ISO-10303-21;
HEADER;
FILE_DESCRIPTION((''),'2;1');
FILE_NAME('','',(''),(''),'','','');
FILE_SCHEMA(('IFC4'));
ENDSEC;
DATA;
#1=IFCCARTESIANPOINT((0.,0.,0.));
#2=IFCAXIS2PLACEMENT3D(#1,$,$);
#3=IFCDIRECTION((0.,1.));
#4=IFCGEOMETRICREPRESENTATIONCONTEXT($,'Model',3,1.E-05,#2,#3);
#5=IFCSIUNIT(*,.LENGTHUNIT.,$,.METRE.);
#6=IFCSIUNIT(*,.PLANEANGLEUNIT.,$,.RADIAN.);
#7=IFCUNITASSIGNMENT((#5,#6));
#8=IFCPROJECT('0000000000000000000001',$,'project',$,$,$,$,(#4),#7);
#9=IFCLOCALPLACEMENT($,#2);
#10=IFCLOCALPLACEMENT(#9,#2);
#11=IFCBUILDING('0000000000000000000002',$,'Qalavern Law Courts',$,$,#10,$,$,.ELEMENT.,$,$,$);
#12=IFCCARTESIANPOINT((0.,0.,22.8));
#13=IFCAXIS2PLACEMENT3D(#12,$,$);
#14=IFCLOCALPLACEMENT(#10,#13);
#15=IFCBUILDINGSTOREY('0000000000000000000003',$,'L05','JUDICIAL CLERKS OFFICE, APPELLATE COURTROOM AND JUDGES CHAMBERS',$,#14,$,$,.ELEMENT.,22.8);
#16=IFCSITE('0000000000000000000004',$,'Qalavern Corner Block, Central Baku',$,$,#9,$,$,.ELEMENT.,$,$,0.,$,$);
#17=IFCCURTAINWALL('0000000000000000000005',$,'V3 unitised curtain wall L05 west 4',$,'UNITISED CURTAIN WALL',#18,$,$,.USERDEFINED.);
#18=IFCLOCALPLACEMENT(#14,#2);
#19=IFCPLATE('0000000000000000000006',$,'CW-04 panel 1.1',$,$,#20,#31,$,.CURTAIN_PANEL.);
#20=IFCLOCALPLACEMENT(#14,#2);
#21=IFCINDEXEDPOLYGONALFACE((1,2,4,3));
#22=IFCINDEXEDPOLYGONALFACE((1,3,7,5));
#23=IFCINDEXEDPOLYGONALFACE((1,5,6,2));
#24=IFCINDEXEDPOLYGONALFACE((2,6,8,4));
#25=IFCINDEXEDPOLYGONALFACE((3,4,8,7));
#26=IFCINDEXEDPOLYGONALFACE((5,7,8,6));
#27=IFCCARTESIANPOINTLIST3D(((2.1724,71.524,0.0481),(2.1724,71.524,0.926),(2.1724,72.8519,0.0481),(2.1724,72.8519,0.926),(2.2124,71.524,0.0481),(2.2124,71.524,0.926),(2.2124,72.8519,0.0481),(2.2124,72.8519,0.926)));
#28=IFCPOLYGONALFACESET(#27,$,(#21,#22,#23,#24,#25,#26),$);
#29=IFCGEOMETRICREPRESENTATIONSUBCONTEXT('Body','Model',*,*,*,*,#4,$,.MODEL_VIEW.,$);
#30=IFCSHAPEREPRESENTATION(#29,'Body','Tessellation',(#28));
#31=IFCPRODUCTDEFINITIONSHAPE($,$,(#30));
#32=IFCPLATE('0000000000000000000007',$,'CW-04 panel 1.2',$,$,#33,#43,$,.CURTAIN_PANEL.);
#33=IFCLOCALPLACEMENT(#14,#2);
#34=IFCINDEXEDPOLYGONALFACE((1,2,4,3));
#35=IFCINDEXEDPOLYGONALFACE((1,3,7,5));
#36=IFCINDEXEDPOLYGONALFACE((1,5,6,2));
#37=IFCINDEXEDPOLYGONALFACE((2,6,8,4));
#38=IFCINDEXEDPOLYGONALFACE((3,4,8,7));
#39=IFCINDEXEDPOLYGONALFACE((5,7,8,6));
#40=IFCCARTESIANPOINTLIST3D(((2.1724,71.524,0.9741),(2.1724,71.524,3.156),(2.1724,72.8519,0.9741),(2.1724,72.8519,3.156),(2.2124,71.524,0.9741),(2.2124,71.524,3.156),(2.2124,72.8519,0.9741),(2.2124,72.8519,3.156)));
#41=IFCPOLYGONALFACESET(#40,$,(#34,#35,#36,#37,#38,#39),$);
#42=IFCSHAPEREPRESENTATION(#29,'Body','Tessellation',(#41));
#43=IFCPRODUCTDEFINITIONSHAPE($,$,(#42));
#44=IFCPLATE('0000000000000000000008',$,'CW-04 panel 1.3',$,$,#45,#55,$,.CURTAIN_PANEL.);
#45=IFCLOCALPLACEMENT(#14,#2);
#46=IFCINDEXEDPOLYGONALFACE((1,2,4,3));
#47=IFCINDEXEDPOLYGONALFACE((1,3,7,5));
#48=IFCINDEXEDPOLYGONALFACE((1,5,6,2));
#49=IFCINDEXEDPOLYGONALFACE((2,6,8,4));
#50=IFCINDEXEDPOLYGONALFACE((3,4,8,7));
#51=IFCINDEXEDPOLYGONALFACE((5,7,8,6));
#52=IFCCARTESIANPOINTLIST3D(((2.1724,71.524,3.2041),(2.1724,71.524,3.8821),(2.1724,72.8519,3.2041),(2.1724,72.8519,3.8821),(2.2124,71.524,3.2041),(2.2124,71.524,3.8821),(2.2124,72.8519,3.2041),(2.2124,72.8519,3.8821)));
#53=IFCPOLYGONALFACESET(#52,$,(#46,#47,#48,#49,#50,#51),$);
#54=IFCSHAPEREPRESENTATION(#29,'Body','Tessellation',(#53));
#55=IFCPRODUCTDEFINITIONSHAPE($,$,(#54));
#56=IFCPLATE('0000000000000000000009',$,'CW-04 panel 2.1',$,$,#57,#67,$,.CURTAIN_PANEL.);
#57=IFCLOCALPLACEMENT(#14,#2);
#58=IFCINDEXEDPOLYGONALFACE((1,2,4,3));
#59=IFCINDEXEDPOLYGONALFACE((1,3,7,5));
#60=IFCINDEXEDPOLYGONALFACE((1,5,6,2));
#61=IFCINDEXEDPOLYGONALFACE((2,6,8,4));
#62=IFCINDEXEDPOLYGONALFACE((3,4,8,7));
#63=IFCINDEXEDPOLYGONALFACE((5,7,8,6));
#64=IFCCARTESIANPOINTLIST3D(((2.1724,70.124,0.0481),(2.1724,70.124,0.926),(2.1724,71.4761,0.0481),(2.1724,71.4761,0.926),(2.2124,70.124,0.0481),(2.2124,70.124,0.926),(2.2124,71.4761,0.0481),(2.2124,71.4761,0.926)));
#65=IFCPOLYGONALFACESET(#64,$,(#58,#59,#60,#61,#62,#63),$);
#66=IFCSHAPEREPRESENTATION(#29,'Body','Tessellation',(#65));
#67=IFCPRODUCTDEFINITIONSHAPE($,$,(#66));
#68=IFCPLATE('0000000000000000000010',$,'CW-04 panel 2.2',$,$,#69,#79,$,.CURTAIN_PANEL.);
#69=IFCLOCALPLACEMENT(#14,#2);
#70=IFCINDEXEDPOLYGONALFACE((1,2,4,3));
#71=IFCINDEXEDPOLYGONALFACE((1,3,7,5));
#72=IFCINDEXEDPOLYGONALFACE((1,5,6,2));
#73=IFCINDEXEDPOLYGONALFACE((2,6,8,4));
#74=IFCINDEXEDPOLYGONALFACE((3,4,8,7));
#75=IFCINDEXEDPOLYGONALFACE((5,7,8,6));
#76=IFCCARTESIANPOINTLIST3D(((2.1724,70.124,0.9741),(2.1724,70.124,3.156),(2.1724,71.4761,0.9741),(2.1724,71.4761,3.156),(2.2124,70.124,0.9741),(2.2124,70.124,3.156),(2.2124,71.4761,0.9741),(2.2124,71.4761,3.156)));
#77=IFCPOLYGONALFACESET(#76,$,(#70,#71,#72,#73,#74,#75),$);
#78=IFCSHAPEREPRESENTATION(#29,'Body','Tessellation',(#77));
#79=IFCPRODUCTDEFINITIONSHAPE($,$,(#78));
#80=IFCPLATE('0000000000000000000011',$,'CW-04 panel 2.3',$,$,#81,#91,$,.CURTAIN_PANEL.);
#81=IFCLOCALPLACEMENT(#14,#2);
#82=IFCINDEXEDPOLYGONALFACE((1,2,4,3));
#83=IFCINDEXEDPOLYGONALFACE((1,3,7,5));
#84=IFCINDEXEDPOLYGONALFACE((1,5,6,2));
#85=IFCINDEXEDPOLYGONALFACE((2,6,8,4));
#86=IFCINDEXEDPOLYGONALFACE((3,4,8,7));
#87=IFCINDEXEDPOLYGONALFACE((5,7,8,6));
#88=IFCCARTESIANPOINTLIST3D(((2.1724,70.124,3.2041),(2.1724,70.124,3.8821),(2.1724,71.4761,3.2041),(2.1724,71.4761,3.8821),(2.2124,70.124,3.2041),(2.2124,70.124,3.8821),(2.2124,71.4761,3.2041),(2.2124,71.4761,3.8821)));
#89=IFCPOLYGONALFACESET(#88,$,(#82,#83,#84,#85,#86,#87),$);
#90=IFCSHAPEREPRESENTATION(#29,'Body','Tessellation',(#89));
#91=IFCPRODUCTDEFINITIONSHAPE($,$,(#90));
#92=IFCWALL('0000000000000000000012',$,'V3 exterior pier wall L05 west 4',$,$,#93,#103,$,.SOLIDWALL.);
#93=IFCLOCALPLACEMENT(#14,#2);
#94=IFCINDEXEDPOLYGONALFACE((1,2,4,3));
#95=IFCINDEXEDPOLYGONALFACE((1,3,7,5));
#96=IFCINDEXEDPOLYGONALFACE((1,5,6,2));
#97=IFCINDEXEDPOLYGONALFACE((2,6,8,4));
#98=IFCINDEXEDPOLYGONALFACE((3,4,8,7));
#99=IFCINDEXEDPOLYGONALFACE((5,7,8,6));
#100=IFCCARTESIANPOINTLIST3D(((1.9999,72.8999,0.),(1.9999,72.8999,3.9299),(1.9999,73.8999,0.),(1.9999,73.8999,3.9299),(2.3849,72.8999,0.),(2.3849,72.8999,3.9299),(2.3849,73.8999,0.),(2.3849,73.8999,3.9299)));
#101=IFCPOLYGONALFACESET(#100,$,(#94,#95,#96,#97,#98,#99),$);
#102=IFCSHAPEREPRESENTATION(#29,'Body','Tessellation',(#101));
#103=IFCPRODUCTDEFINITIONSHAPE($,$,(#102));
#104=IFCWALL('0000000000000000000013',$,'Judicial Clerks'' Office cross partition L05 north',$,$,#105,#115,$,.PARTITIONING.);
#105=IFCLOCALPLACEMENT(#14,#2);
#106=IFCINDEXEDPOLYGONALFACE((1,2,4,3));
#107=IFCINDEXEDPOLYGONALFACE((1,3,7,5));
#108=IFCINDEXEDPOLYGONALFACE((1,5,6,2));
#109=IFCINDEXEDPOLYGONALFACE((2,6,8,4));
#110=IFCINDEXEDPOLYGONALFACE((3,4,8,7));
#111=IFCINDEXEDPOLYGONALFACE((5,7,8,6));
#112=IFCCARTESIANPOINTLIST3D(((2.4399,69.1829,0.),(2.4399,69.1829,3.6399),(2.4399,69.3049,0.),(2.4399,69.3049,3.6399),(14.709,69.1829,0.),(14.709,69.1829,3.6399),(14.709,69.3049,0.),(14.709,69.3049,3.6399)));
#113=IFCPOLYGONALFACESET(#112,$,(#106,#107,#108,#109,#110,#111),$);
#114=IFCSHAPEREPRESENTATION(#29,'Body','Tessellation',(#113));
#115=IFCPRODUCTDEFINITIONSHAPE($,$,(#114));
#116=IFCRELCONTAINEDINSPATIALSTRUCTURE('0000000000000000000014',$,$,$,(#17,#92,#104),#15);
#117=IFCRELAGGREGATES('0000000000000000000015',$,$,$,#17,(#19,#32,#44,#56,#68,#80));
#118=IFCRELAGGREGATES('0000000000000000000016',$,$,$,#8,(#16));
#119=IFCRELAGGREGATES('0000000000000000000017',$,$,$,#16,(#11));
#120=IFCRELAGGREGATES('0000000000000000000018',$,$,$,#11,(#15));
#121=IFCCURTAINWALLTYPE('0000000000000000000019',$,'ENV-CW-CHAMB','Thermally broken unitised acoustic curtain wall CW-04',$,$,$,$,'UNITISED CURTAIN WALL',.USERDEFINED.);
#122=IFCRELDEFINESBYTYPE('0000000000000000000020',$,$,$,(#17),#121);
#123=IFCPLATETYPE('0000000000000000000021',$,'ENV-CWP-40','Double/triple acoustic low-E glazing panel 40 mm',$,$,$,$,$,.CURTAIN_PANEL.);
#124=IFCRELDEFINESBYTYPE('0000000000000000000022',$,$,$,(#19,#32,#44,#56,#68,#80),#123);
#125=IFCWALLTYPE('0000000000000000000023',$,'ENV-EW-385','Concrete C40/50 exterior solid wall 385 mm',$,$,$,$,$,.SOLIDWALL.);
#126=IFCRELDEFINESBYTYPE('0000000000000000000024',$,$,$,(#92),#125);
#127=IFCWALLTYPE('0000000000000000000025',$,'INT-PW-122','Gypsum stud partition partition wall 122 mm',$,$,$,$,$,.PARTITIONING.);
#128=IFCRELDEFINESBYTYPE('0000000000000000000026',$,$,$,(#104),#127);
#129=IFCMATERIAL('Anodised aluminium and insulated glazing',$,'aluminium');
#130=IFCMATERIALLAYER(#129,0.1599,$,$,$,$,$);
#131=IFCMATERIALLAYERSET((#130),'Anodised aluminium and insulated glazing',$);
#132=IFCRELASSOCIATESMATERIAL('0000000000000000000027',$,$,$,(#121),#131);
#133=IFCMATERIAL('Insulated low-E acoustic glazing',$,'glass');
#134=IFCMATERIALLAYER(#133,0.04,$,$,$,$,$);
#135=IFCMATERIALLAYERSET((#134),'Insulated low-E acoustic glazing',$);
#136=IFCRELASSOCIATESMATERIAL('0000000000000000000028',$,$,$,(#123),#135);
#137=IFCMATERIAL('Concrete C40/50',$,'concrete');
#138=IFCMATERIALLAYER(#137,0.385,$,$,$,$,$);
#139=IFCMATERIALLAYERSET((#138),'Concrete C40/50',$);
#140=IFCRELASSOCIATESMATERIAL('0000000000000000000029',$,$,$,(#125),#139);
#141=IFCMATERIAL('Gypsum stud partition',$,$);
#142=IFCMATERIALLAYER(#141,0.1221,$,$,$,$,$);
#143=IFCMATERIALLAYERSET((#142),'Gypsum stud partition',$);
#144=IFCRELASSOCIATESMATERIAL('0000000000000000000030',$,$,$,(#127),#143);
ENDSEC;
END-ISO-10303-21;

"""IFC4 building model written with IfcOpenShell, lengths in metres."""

from ifc_helpers import new_model, si_unit, direction, frame, frame_2d, origin, origin_2d, place, context, subcontext, project, spatial, rectangle, extrude, material, layer, layer_set, type_object, element, aggregate, save


model = new_model("IFC4")

# Units and contexts
model_context = context("Model", 3, precision=1e-05, world=origin(), true_north=direction((0.0, 1.0)))
body_context = subcontext(model_context, "Body", "Model", "MODEL_VIEW")
ifc_project = project(units=[si_unit("LENGTHUNIT", "METRE"), si_unit("PLANEANGLEUNIT", "RADIAN")], contexts=[model_context])

# Site, building, storey
site_placement = place(None, origin())
site = spatial("IfcSite", under=ifc_project, at=site_placement, Name="Qalavern Corner Block, Central Baku", CompositionType="ELEMENT", RefElevation=0.0)
building_placement = place(site_placement, origin())
building = spatial("IfcBuilding", under=site, at=building_placement, Name="Qalavern Law Courts", CompositionType="ELEMENT")
storey_placement = place(building_placement, frame((0.0, 0.0, 22.8)))
storey = spatial("IfcBuildingStorey", under=building, at=storey_placement, Name="L05", Description="JUDICIAL CLERKS OFFICE, APPELLATE COURTROOM AND JUDGES CHAMBERS", CompositionType="ELEMENT", Elevation=22.8)

# Curtain wall
ifc_material_1 = material(Name="Anodised aluminium and insulated glazing", Category="aluminium")
ifc_layer_1 = layer(ifc_material_1, 0.1599)
ifc_layer_set_1 = layer_set([ifc_layer_1], Name="Anodised aluminium and insulated glazing")
curtain_wall_type = type_object("IfcCurtainWallType", Name="ENV-CW-CHAMB", Description="Thermally broken unitised acoustic curtain wall CW-04", ElementType="UNITISED CURTAIN WALL", PredefinedType="USERDEFINED", material=ifc_layer_set_1)
curtain_wall_1_placement = place(storey_placement, origin())
curtain_wall_1 = element("IfcCurtainWall", 1, at=curtain_wall_1_placement, inside=storey, type_object=curtain_wall_type, Name="V3 unitised curtain wall L05 west 4", ObjectType="UNITISED CURTAIN WALL", PredefinedType="USERDEFINED")

# Shared definitions
ifc_material_2 = material(Name="Concrete C40/50", Category="concrete")

# Plates
ifc_material_3 = material(Name="Insulated low-E acoustic glazing", Category="glass")
ifc_layer_2 = layer(ifc_material_3, 0.04)
ifc_layer_set_2 = layer_set([ifc_layer_2], Name="Insulated low-E acoustic glazing")
plate_type_1 = type_object("IfcPlateType", Name="ENV-CWP-40", Description="Double/triple acoustic low-E glazing panel 40 mm", PredefinedType="CURTAIN_PANEL", material=ifc_layer_set_2)
plate_1_placement = place(storey_placement, frame((2.1924, 72.188, 0.0481), z_axis=(0.0, 0.0, 1.0), x_axis=(0.0, -1.0, 0.0)))
plate_1 = element("IfcPlate", 2, at=plate_1_placement, type_object=plate_type_1, Name="CW-04 panel 1.1", PredefinedType="CURTAIN_PANEL", context=body_context, shape_type="SweptSolid", body=[
    extrude(rectangle(XDim=1.3279, YDim=0.04, at=origin_2d()), origin(), (0.0, 0.0, 1.0), 0.8779),
])
plate_2_placement = place(storey_placement, frame((2.1924, 72.188, 0.9741), z_axis=(0.0, 0.0, 1.0), x_axis=(0.0, -1.0, 0.0)))
plate_2 = element("IfcPlate", 3, at=plate_2_placement, type_object=plate_type_1, Name="CW-04 panel 1.2", PredefinedType="CURTAIN_PANEL", context=body_context, shape_type="SweptSolid", body=[
    extrude(rectangle(XDim=1.3279, YDim=0.04, at=origin_2d()), origin(), (0.0, 0.0, 1.0), 2.1819),
])
plate_3_placement = place(storey_placement, frame((2.1924, 72.188, 3.2041), z_axis=(0.0, 0.0, 1.0), x_axis=(0.0, -1.0, 0.0)))
plate_3 = element("IfcPlate", 4, at=plate_3_placement, type_object=plate_type_1, Name="CW-04 panel 1.3", PredefinedType="CURTAIN_PANEL", context=body_context, shape_type="SweptSolid", body=[
    extrude(rectangle(XDim=1.3279, YDim=0.04, at=origin_2d()), origin(), (0.0, 0.0, 1.0), 0.678),
])
plate_4_placement = place(storey_placement, frame((2.1924, 70.8, 0.0481), z_axis=(0.0, 0.0, 1.0), x_axis=(0.0, -1.0, 0.0)))
plate_4 = element("IfcPlate", 5, at=plate_4_placement, type_object=plate_type_1, Name="CW-04 panel 2.1", PredefinedType="CURTAIN_PANEL", context=body_context, shape_type="SweptSolid", body=[
    extrude(rectangle(XDim=1.3521, YDim=0.04, at=origin_2d()), origin(), (0.0, 0.0, 1.0), 0.8779),
])
plate_5_placement = place(storey_placement, frame((2.1924, 70.8, 0.9741), z_axis=(0.0, 0.0, 1.0), x_axis=(0.0, -1.0, 0.0)))
plate_5 = element("IfcPlate", 6, at=plate_5_placement, type_object=plate_type_1, Name="CW-04 panel 2.2", PredefinedType="CURTAIN_PANEL", context=body_context, shape_type="SweptSolid", body=[
    extrude(rectangle(XDim=1.3521, YDim=0.04, at=origin_2d()), origin(), (0.0, 0.0, 1.0), 2.1819),
])
plate_6_placement = place(storey_placement, frame((2.1924, 70.8, 3.2041), z_axis=(0.0, 0.0, 1.0), x_axis=(0.0, -1.0, 0.0)))
plate_6 = element("IfcPlate", 7, at=plate_6_placement, type_object=plate_type_1, Name="CW-04 panel 2.3", PredefinedType="CURTAIN_PANEL", context=body_context, shape_type="SweptSolid", body=[
    extrude(rectangle(XDim=1.3521, YDim=0.04, at=origin_2d()), origin(), (0.0, 0.0, 1.0), 0.678),
])
aggregate(curtain_wall_1, [plate_1, plate_2, plate_3, plate_4, plate_5, plate_6])

# Walls
ifc_layer_3 = layer(ifc_material_2, 0.385)
ifc_layer_set_3 = layer_set([ifc_layer_3], Name="Concrete C40/50")
wall_type_1 = type_object("IfcWallType", Name="ENV-EW-385", Description="Concrete C40/50 exterior solid wall 385 mm", PredefinedType="SOLIDWALL", material=ifc_layer_set_3)
wall_1_placement = place(storey_placement, frame((2.1924, 73.8999, 0.0), z_axis=(0.0, 0.0, 1.0), x_axis=(0.0, -1.0, 0.0)))
element("IfcWall", 8, at=wall_1_placement, inside=storey, type_object=wall_type_1, Name="V3 exterior pier wall L05 west 4", PredefinedType="SOLIDWALL", context=body_context, shape_type="SweptSolid", body=[
    extrude(rectangle(XDim=1.0, YDim=0.385, at=frame_2d((0.5, 0.0))), origin(), (0.0, 0.0, 1.0), 3.9299),
])
ifc_material_4 = material(Name="Gypsum stud partition")
ifc_layer_4 = layer(ifc_material_4, 0.1221)
ifc_layer_set_4 = layer_set([ifc_layer_4], Name="Gypsum stud partition")
wall_type_2 = type_object("IfcWallType", Name="INT-PW-122", Description="Gypsum stud partition partition wall 122 mm", PredefinedType="PARTITIONING", material=ifc_layer_set_4)
wall_2_placement = place(storey_placement, frame((2.4399, 69.2439, 0.0), z_axis=(0.0, 0.0, 1.0), x_axis=(1.0, 0.0, 0.0)))
element("IfcWall", 9, at=wall_2_placement, inside=storey, type_object=wall_type_2, Name="Judicial Clerks' Office cross partition L05 north", PredefinedType="PARTITIONING", context=body_context, shape_type="SweptSolid", body=[
    extrude(rectangle(XDim=12.269, YDim=0.1221, at=frame_2d((6.1345, 0.0))), origin(), (0.0, 0.0, 1.0), 3.6399),
])

save(model, "model.ifc")
